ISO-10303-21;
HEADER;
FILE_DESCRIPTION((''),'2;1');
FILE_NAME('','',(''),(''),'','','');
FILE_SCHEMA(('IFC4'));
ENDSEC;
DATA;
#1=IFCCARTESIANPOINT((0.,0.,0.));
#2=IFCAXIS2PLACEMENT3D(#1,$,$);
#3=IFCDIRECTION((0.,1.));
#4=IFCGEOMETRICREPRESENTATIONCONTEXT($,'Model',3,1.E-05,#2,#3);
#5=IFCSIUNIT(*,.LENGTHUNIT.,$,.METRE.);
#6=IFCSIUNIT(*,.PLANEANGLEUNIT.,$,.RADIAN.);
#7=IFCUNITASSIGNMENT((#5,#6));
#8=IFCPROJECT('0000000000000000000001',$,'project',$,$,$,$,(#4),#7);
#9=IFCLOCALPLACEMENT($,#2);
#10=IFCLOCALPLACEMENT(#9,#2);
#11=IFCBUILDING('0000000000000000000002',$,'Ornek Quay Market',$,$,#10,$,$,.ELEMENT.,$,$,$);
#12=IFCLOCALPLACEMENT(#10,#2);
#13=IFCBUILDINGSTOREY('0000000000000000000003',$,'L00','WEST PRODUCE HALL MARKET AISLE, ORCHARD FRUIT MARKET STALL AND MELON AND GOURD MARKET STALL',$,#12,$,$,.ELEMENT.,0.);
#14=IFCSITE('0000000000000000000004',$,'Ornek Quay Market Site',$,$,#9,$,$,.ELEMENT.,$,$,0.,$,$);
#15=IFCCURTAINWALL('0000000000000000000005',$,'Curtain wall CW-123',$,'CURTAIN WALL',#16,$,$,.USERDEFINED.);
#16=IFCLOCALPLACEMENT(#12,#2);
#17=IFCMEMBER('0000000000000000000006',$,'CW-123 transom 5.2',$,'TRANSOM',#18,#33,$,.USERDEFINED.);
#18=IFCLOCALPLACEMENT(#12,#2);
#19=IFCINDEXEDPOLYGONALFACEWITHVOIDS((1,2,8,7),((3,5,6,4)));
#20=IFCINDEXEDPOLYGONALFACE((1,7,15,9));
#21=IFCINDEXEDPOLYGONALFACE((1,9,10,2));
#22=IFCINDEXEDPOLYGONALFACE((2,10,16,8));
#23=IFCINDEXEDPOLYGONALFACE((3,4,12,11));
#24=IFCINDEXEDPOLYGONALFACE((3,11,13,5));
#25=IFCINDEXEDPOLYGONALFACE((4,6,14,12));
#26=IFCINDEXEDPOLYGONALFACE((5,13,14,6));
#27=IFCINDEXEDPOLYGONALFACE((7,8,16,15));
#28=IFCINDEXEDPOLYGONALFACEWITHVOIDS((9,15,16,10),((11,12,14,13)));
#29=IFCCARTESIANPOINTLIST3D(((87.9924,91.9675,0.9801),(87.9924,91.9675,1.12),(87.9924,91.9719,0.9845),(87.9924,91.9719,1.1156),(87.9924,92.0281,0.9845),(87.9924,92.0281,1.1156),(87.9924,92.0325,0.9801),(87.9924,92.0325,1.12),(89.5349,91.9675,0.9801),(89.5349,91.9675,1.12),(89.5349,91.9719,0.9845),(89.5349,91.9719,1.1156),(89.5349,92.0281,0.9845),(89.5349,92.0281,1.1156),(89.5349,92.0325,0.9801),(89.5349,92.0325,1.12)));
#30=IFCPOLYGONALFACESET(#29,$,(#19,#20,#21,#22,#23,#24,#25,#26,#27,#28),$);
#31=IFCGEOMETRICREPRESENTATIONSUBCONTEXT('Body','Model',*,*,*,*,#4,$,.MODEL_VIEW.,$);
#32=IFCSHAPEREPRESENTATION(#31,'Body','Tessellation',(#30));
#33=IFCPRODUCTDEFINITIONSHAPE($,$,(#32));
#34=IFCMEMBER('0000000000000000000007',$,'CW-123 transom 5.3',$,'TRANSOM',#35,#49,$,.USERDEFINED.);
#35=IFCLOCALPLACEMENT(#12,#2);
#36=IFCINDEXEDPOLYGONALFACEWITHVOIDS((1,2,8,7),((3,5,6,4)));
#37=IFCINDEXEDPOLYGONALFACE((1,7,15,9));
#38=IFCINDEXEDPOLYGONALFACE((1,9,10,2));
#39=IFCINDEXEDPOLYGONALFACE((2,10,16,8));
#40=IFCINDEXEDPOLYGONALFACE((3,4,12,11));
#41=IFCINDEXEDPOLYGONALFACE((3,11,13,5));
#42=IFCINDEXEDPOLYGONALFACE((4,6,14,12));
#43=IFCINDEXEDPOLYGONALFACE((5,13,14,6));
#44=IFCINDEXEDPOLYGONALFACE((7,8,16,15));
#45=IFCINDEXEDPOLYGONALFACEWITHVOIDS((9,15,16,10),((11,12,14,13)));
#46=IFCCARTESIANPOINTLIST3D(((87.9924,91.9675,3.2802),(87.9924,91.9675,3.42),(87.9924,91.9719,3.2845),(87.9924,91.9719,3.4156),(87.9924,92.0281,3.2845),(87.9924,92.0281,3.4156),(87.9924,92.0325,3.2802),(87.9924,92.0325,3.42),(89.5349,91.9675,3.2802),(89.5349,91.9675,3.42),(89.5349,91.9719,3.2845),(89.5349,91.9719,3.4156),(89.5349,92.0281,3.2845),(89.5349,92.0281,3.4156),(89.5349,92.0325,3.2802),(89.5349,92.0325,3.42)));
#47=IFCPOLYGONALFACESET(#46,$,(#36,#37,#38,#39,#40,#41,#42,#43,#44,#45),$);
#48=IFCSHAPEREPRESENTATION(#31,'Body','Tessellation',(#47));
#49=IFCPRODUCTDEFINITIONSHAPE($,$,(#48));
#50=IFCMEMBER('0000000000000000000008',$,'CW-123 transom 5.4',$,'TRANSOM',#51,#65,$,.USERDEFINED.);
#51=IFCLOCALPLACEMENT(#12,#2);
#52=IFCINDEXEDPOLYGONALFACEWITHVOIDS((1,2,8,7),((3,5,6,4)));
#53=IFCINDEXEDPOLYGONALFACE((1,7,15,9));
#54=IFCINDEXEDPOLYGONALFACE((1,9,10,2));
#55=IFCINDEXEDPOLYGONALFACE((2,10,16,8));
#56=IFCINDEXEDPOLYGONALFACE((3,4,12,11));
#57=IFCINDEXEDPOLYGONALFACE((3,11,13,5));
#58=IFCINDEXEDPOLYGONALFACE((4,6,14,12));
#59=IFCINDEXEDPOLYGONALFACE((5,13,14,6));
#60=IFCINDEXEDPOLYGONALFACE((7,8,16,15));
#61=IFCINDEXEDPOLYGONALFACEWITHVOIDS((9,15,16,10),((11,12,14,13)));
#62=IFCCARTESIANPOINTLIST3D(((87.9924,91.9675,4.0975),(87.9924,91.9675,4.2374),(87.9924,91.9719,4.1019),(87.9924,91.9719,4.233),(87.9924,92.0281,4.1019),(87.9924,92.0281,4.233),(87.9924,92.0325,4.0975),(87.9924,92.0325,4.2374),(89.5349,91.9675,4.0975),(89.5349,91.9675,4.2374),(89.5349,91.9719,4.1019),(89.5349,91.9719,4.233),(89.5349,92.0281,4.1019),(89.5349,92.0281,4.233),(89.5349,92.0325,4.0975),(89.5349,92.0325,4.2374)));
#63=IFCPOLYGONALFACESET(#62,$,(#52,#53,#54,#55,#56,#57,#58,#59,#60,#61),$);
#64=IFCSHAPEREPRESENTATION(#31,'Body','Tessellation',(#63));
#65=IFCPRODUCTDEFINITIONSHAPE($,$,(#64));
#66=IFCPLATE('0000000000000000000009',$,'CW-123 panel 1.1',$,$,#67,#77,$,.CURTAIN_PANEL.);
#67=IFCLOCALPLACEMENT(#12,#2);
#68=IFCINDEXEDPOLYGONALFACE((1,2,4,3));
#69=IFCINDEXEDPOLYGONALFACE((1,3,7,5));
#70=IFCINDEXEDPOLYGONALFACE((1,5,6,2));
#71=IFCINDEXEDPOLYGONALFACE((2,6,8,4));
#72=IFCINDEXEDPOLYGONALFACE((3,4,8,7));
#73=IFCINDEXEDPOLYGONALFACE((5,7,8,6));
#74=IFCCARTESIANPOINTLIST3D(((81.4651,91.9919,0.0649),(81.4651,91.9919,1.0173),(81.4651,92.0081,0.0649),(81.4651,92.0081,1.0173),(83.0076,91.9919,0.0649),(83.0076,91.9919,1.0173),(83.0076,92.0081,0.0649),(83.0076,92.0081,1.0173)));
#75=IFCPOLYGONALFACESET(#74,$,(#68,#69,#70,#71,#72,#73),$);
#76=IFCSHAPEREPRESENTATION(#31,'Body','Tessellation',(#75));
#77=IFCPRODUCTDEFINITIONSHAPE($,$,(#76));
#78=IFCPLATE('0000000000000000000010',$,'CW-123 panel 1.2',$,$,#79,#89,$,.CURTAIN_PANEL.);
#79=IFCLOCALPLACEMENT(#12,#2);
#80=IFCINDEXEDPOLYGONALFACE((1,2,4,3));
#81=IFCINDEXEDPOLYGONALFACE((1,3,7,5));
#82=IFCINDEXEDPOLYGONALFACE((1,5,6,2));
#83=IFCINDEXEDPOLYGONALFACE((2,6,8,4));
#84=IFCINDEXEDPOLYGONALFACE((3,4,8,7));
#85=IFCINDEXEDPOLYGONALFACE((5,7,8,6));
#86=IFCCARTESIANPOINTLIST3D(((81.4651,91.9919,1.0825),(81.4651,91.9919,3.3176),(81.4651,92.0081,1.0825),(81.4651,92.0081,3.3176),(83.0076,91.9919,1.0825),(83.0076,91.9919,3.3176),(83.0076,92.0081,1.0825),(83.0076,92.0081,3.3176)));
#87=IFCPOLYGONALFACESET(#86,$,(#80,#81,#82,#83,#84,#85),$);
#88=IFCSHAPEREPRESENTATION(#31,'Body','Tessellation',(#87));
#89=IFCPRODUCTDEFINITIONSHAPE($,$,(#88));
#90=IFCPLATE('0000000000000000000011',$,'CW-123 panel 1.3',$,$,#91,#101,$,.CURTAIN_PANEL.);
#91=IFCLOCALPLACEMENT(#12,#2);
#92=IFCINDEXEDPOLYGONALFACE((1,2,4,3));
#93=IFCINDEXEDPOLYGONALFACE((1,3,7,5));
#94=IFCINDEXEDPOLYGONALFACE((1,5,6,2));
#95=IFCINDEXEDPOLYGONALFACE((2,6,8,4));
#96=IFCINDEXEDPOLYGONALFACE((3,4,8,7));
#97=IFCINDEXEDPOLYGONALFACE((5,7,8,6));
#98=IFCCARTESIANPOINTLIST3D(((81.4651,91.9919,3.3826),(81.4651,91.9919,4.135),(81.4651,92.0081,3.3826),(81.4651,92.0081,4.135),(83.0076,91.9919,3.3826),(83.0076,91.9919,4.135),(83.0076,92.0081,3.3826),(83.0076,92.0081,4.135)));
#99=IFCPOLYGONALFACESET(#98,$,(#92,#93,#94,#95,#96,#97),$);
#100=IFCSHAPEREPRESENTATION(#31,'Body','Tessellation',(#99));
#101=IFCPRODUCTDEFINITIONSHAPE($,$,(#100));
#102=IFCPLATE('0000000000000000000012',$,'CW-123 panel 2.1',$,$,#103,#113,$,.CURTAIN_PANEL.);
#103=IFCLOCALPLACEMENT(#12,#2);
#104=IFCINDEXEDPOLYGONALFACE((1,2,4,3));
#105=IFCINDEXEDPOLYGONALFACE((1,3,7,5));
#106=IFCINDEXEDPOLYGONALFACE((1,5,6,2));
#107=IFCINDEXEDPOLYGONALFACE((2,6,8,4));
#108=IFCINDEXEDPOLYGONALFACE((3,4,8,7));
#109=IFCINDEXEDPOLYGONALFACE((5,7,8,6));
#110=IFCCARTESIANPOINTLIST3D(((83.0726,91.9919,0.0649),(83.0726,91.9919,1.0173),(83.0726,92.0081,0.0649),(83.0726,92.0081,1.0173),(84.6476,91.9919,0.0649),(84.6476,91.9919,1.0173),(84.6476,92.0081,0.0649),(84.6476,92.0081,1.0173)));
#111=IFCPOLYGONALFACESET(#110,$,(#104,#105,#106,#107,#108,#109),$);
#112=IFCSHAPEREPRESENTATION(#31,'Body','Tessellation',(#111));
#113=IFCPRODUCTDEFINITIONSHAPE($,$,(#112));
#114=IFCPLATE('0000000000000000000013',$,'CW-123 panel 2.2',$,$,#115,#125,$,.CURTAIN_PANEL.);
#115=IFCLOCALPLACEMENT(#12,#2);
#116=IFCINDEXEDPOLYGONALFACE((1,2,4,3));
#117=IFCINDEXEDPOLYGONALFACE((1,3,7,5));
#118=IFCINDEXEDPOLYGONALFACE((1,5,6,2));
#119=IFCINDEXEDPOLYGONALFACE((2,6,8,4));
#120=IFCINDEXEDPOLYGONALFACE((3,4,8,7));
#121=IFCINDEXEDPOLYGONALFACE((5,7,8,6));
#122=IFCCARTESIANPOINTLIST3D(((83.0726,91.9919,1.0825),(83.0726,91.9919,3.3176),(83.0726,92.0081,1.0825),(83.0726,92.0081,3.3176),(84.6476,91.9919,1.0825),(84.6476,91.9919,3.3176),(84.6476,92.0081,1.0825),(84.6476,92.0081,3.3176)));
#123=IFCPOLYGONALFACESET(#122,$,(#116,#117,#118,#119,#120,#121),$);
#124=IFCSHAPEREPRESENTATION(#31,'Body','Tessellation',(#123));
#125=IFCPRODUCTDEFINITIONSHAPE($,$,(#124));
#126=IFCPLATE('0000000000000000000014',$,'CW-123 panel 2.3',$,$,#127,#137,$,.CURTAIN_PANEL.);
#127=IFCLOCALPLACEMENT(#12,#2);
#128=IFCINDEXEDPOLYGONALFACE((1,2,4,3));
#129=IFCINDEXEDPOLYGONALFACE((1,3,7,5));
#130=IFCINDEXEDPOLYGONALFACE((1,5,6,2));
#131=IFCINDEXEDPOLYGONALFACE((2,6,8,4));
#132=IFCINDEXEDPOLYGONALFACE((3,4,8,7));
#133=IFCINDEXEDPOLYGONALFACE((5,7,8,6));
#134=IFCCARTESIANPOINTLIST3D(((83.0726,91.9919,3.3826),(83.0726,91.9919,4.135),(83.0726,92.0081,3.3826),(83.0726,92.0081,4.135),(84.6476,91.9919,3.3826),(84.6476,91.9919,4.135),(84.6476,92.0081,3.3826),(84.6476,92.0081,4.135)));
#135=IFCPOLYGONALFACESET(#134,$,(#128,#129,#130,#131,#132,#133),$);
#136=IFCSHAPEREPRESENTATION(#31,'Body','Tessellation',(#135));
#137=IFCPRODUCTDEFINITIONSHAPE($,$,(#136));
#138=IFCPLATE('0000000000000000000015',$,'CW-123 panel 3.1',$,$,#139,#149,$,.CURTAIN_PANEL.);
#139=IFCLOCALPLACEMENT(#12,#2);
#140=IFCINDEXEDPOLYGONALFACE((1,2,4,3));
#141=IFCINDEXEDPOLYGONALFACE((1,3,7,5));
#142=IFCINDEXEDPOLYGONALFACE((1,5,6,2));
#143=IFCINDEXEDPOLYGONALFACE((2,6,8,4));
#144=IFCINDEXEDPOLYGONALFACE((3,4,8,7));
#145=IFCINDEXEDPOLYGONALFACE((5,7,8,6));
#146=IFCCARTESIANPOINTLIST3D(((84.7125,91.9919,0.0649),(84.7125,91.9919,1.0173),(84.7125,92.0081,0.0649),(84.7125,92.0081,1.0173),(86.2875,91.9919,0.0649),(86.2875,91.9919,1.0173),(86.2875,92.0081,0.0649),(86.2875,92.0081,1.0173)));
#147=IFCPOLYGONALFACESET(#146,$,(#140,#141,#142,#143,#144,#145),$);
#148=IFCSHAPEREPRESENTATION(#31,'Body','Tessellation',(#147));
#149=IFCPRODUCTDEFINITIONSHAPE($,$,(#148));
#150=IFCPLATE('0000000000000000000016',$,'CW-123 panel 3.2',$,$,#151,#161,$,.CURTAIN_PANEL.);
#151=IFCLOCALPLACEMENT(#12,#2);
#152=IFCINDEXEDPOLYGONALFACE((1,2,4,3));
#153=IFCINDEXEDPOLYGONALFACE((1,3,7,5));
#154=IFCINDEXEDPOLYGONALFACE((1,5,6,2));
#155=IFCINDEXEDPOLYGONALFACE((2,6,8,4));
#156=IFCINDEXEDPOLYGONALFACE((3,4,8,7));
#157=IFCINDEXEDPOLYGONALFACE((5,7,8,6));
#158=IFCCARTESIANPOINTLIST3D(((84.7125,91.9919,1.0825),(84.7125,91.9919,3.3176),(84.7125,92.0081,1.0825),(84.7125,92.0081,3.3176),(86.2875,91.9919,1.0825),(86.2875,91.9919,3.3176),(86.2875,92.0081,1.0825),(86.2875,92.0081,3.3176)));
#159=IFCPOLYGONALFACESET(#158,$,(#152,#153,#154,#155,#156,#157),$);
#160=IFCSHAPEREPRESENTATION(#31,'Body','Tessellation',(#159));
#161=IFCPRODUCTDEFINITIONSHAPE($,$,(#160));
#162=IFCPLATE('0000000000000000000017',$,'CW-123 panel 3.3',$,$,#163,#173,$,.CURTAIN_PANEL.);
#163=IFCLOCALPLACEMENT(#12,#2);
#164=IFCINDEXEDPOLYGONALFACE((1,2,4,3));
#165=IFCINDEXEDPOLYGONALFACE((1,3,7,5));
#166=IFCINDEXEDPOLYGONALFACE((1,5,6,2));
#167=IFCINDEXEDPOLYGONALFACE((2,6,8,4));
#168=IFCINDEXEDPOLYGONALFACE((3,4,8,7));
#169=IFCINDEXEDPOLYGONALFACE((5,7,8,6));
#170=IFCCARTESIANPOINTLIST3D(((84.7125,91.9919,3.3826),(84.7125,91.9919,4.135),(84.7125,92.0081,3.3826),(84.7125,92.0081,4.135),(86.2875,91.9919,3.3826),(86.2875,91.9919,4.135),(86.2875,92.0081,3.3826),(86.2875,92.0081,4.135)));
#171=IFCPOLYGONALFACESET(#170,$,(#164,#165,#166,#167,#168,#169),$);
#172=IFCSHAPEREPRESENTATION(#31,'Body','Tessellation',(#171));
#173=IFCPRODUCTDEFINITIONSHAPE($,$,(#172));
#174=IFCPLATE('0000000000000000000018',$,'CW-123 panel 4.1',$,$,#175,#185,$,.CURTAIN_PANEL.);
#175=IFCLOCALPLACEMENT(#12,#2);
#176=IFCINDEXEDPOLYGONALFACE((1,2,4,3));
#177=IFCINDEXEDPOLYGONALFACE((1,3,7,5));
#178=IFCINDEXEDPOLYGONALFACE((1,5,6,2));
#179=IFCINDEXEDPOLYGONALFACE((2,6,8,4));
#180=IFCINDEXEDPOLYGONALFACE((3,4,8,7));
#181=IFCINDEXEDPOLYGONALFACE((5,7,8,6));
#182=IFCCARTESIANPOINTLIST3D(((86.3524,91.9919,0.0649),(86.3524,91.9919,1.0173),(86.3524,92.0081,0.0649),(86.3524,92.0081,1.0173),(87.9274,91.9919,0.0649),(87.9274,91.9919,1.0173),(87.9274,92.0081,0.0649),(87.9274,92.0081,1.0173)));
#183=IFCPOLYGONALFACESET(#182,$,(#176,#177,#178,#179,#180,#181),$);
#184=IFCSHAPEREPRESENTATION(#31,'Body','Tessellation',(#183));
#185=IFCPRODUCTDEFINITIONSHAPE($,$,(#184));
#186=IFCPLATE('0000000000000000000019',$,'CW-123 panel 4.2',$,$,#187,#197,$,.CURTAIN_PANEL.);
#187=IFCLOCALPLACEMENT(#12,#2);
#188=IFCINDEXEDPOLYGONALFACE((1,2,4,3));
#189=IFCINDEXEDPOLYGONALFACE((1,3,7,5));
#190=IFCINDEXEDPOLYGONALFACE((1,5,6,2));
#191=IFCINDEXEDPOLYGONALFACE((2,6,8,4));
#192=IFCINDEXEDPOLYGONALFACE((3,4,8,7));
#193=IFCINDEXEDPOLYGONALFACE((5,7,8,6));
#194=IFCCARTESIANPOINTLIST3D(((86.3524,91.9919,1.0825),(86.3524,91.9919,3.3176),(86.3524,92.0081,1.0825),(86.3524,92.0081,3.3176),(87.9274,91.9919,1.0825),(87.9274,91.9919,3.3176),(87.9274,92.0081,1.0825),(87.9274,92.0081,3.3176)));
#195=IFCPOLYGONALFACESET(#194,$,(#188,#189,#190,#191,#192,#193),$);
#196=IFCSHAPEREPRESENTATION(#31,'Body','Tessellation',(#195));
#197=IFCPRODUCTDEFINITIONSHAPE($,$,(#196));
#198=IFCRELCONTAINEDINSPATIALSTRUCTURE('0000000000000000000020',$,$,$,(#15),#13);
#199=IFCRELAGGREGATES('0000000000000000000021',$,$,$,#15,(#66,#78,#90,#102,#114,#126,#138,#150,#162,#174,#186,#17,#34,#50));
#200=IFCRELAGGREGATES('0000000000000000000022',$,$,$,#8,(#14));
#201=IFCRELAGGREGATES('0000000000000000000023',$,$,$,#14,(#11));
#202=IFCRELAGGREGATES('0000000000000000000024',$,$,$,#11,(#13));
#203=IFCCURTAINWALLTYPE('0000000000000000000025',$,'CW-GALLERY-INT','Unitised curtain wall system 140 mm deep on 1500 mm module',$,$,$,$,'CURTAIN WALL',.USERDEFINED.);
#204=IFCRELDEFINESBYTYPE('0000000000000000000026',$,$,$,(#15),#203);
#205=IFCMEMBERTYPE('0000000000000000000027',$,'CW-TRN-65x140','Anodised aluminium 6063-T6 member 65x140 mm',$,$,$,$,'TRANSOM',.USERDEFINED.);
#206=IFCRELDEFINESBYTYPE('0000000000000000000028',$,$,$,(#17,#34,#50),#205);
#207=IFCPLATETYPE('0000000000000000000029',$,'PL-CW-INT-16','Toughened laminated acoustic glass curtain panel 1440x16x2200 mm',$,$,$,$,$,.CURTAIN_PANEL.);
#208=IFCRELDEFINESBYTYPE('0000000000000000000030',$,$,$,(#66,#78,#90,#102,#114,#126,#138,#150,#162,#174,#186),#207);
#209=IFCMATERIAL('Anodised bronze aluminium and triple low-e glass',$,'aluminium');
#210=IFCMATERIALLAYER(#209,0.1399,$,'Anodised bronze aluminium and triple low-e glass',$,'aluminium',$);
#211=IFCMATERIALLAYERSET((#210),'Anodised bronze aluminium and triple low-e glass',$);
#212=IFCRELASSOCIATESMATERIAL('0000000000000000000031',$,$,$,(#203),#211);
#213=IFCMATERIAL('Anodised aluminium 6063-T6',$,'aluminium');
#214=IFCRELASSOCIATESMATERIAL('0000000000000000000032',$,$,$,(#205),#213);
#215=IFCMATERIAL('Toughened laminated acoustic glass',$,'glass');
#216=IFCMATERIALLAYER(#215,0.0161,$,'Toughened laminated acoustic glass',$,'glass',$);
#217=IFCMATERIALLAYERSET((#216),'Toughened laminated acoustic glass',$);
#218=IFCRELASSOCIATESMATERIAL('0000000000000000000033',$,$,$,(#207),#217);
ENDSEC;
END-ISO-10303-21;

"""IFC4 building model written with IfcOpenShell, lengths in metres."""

from ifc_helpers import new_model, si_unit, direction, frame, origin, origin_2d, place, context, subcontext, project, spatial, rectangle, hollow_rectangle, extrude, material, layer, layer_set, material_profile, profile_set, type_object, element, aggregate, save


model = new_model("IFC4")

# Units and contexts
model_context = context("Model", 3, precision=1e-05, world=origin(), true_north=direction((0.0, 1.0)))
body_context = subcontext(model_context, "Body", "Model", "MODEL_VIEW")
ifc_project = project(units=[si_unit("LENGTHUNIT", "METRE"), si_unit("PLANEANGLEUNIT", "RADIAN")], contexts=[model_context])

# Site, building, storey
site_placement = place(None, origin())
site = spatial("IfcSite", under=ifc_project, at=site_placement, Name="Ornek Quay Market Site", CompositionType="ELEMENT", RefElevation=0.0)
building_placement = place(site_placement, origin())
building = spatial("IfcBuilding", under=site, at=building_placement, Name="Ornek Quay Market", CompositionType="ELEMENT")
storey_placement = place(building_placement, origin())
storey = spatial("IfcBuildingStorey", under=building, at=storey_placement, Name="L00", Description="WEST PRODUCE HALL MARKET AISLE, ORCHARD FRUIT MARKET STALL AND MELON AND GOURD MARKET STALL", CompositionType="ELEMENT", Elevation=0.0)

# Curtain wall, members, plates
ifc_material_1 = material(Name="Anodised bronze aluminium and triple low-e glass", Category="aluminium")
ifc_layer_1 = layer(ifc_material_1, 0.1399, Name="Anodised bronze aluminium and triple low-e glass", Category="aluminium")
ifc_layer_set_1 = layer_set([ifc_layer_1], Name="Anodised bronze aluminium and triple low-e glass")
curtain_wall_type = type_object("IfcCurtainWallType", Name="CW-GALLERY-INT", Description="Unitised curtain wall system 140 mm deep on 1500 mm module", ElementType="CURTAIN WALL", PredefinedType="USERDEFINED", material=ifc_layer_set_1)
curtain_wall_placement = place(storey_placement, origin())
curtain_wall = element("IfcCurtainWall", 1, at=curtain_wall_placement, inside=storey, type_object=curtain_wall_type, Name="Curtain wall CW-123", ObjectType="CURTAIN WALL", PredefinedType="USERDEFINED")
ifc_material_2 = material(Name="Anodised aluminium 6063-T6", Category="aluminium")
ifc_material_profile_1 = material_profile(ifc_material_2, hollow_rectangle(XDim=0.0649, YDim=0.1399, WallThickness=0.0044, at=origin_2d()), Name="CW-TRN-65x140", Category="aluminium")
ifc_profile_set_1 = profile_set([ifc_material_profile_1], Name="Anodised aluminium 6063-T6")
member_type_1 = type_object("IfcMemberType", Name="CW-TRN-65x140", Description="Anodised aluminium 6063-T6 member 65x140 mm", ElementType="TRANSOM", PredefinedType="USERDEFINED", material=ifc_profile_set_1)
member_1_placement = place(storey_placement, frame((87.9924, 92.0, 1.05), z_axis=(1.0, 0.0, 0.0), x_axis=(0.0, 1.0, 0.0)))
member_1 = element("IfcMember", 2, at=member_1_placement, type_object=member_type_1, Name="CW-123 transom 5.2", ObjectType="TRANSOM", PredefinedType="USERDEFINED", context=body_context, shape_type="SweptSolid", body=[
    extrude(hollow_rectangle(XDim=0.0649, YDim=0.1399, WallThickness=0.0044, at=origin_2d()), origin(), (0.0, 0.0, 1.0), 1.5425),
])
member_2_placement = place(storey_placement, frame((87.9924, 92.0, 3.3501), z_axis=(1.0, 0.0, 0.0), x_axis=(0.0, 1.0, 0.0)))
member_2 = element("IfcMember", 3, at=member_2_placement, type_object=member_type_1, Name="CW-123 transom 5.3", ObjectType="TRANSOM", PredefinedType="USERDEFINED", context=body_context, shape_type="SweptSolid", body=[
    extrude(hollow_rectangle(XDim=0.0649, YDim=0.1399, WallThickness=0.0044, at=origin_2d()), origin(), (0.0, 0.0, 1.0), 1.5425),
])
member_3_placement = place(storey_placement, frame((87.9924, 92.0, 4.1675), z_axis=(1.0, 0.0, 0.0), x_axis=(0.0, 1.0, 0.0)))
member_3 = element("IfcMember", 4, at=member_3_placement, type_object=member_type_1, Name="CW-123 transom 5.4", ObjectType="TRANSOM", PredefinedType="USERDEFINED", context=body_context, shape_type="SweptSolid", body=[
    extrude(hollow_rectangle(XDim=0.0649, YDim=0.1399, WallThickness=0.0044, at=origin_2d()), origin(), (0.0, 0.0, 1.0), 1.5425),
])
ifc_material_3 = material(Name="Toughened laminated acoustic glass", Category="glass")
ifc_layer_2 = layer(ifc_material_3, 0.0161, Name="Toughened laminated acoustic glass", Category="glass")
ifc_layer_set_2 = layer_set([ifc_layer_2], Name="Toughened laminated acoustic glass")
plate_type = type_object("IfcPlateType", Name="PL-CW-INT-16", Description="Toughened laminated acoustic glass curtain panel 1440x16x2200 mm", PredefinedType="CURTAIN_PANEL", material=ifc_layer_set_2)
plate_1_placement = place(storey_placement, frame((82.2363, 92.0, 0.0649), z_axis=(0.0, 0.0, 1.0), x_axis=(1.0, 0.0, 0.0)))
plate_1 = element("IfcPlate", 5, at=plate_1_placement, type_object=plate_type, Name="CW-123 panel 1.1", PredefinedType="CURTAIN_PANEL", context=body_context, shape_type="SweptSolid", body=[
    extrude(rectangle(XDim=1.5425, YDim=0.0161, at=origin_2d()), origin(), (0.0, 0.0, 1.0), 0.9524),
])
plate_2_placement = place(storey_placement, frame((82.2363, 92.0, 1.0825), z_axis=(0.0, 0.0, 1.0), x_axis=(1.0, 0.0, 0.0)))
plate_2 = element("IfcPlate", 6, at=plate_2_placement, type_object=plate_type, Name="CW-123 panel 1.2", PredefinedType="CURTAIN_PANEL", context=body_context, shape_type="SweptSolid", body=[
    extrude(rectangle(XDim=1.5425, YDim=0.0161, at=origin_2d()), origin(), (0.0, 0.0, 1.0), 2.2351),
])
plate_3_placement = place(storey_placement, frame((82.2363, 92.0, 3.3826), z_axis=(0.0, 0.0, 1.0), x_axis=(1.0, 0.0, 0.0)))
plate_3 = element("IfcPlate", 7, at=plate_3_placement, type_object=plate_type, Name="CW-123 panel 1.3", PredefinedType="CURTAIN_PANEL", context=body_context, shape_type="SweptSolid", body=[
    extrude(rectangle(XDim=1.5425, YDim=0.0161, at=origin_2d()), origin(), (0.0, 0.0, 1.0), 0.7524),
])
plate_4_placement = place(storey_placement, frame((83.8601, 92.0, 0.0649), z_axis=(0.0, 0.0, 1.0), x_axis=(1.0, 0.0, 0.0)))
plate_4 = element("IfcPlate", 8, at=plate_4_placement, type_object=plate_type, Name="CW-123 panel 2.1", PredefinedType="CURTAIN_PANEL", context=body_context, shape_type="SweptSolid", body=[
    extrude(rectangle(XDim=1.575, YDim=0.0161, at=origin_2d()), origin(), (0.0, 0.0, 1.0), 0.9524),
])
plate_5_placement = place(storey_placement, frame((83.8601, 92.0, 1.0825), z_axis=(0.0, 0.0, 1.0), x_axis=(1.0, 0.0, 0.0)))
plate_5 = element("IfcPlate", 9, at=plate_5_placement, type_object=plate_type, Name="CW-123 panel 2.2", PredefinedType="CURTAIN_PANEL", context=body_context, shape_type="SweptSolid", body=[
    extrude(rectangle(XDim=1.575, YDim=0.0161, at=origin_2d()), origin(), (0.0, 0.0, 1.0), 2.2351),
])
plate_6_placement = place(storey_placement, frame((83.8601, 92.0, 3.3826), z_axis=(0.0, 0.0, 1.0), x_axis=(1.0, 0.0, 0.0)))
plate_6 = element("IfcPlate", 10, at=plate_6_placement, type_object=plate_type, Name="CW-123 panel 2.3", PredefinedType="CURTAIN_PANEL", context=body_context, shape_type="SweptSolid", body=[
    extrude(rectangle(XDim=1.575, YDim=0.0161, at=origin_2d()), origin(), (0.0, 0.0, 1.0), 0.7524),
])
plate_7_placement = place(storey_placement, frame((85.5, 92.0, 0.0649), z_axis=(0.0, 0.0, 1.0), x_axis=(1.0, 0.0, 0.0)))
plate_7 = element("IfcPlate", 11, at=plate_7_placement, type_object=plate_type, Name="CW-123 panel 3.1", PredefinedType="CURTAIN_PANEL", context=body_context, shape_type="SweptSolid", body=[
    extrude(rectangle(XDim=1.575, YDim=0.0161, at=origin_2d()), origin(), (0.0, 0.0, 1.0), 0.9524),
])
plate_8_placement = place(storey_placement, frame((85.5, 92.0, 1.0825), z_axis=(0.0, 0.0, 1.0), x_axis=(1.0, 0.0, 0.0)))
plate_8 = element("IfcPlate", 12, at=plate_8_placement, type_object=plate_type, Name="CW-123 panel 3.2", PredefinedType="CURTAIN_PANEL", context=body_context, shape_type="SweptSolid", body=[
    extrude(rectangle(XDim=1.575, YDim=0.0161, at=origin_2d()), origin(), (0.0, 0.0, 1.0), 2.2351),
])
plate_9_placement = place(storey_placement, frame((85.5, 92.0, 3.3826), z_axis=(0.0, 0.0, 1.0), x_axis=(1.0, 0.0, 0.0)))
plate_9 = element("IfcPlate", 13, at=plate_9_placement, type_object=plate_type, Name="CW-123 panel 3.3", PredefinedType="CURTAIN_PANEL", context=body_context, shape_type="SweptSolid", body=[
    extrude(rectangle(XDim=1.575, YDim=0.0161, at=origin_2d()), origin(), (0.0, 0.0, 1.0), 0.7524),
])
plate_10_placement = place(storey_placement, frame((87.1399, 92.0, 0.0649), z_axis=(0.0, 0.0, 1.0), x_axis=(1.0, 0.0, 0.0)))
plate_10 = element("IfcPlate", 14, at=plate_10_placement, type_object=plate_type, Name="CW-123 panel 4.1", PredefinedType="CURTAIN_PANEL", context=body_context, shape_type="SweptSolid", body=[
    extrude(rectangle(XDim=1.575, YDim=0.0161, at=origin_2d()), origin(), (0.0, 0.0, 1.0), 0.9524),
])
plate_11_placement = place(storey_placement, frame((87.1399, 92.0, 1.0825), z_axis=(0.0, 0.0, 1.0), x_axis=(1.0, 0.0, 0.0)))
plate_11 = element("IfcPlate", 15, at=plate_11_placement, type_object=plate_type, Name="CW-123 panel 4.2", PredefinedType="CURTAIN_PANEL", context=body_context, shape_type="SweptSolid", body=[
    extrude(rectangle(XDim=1.575, YDim=0.0161, at=origin_2d()), origin(), (0.0, 0.0, 1.0), 2.2351),
])
aggregate(curtain_wall, [plate_1, plate_2, plate_3, plate_4, plate_5, plate_6, plate_7, plate_8, plate_9, plate_10, plate_11, member_1, member_2, member_3])

save(model, "model.ifc")
